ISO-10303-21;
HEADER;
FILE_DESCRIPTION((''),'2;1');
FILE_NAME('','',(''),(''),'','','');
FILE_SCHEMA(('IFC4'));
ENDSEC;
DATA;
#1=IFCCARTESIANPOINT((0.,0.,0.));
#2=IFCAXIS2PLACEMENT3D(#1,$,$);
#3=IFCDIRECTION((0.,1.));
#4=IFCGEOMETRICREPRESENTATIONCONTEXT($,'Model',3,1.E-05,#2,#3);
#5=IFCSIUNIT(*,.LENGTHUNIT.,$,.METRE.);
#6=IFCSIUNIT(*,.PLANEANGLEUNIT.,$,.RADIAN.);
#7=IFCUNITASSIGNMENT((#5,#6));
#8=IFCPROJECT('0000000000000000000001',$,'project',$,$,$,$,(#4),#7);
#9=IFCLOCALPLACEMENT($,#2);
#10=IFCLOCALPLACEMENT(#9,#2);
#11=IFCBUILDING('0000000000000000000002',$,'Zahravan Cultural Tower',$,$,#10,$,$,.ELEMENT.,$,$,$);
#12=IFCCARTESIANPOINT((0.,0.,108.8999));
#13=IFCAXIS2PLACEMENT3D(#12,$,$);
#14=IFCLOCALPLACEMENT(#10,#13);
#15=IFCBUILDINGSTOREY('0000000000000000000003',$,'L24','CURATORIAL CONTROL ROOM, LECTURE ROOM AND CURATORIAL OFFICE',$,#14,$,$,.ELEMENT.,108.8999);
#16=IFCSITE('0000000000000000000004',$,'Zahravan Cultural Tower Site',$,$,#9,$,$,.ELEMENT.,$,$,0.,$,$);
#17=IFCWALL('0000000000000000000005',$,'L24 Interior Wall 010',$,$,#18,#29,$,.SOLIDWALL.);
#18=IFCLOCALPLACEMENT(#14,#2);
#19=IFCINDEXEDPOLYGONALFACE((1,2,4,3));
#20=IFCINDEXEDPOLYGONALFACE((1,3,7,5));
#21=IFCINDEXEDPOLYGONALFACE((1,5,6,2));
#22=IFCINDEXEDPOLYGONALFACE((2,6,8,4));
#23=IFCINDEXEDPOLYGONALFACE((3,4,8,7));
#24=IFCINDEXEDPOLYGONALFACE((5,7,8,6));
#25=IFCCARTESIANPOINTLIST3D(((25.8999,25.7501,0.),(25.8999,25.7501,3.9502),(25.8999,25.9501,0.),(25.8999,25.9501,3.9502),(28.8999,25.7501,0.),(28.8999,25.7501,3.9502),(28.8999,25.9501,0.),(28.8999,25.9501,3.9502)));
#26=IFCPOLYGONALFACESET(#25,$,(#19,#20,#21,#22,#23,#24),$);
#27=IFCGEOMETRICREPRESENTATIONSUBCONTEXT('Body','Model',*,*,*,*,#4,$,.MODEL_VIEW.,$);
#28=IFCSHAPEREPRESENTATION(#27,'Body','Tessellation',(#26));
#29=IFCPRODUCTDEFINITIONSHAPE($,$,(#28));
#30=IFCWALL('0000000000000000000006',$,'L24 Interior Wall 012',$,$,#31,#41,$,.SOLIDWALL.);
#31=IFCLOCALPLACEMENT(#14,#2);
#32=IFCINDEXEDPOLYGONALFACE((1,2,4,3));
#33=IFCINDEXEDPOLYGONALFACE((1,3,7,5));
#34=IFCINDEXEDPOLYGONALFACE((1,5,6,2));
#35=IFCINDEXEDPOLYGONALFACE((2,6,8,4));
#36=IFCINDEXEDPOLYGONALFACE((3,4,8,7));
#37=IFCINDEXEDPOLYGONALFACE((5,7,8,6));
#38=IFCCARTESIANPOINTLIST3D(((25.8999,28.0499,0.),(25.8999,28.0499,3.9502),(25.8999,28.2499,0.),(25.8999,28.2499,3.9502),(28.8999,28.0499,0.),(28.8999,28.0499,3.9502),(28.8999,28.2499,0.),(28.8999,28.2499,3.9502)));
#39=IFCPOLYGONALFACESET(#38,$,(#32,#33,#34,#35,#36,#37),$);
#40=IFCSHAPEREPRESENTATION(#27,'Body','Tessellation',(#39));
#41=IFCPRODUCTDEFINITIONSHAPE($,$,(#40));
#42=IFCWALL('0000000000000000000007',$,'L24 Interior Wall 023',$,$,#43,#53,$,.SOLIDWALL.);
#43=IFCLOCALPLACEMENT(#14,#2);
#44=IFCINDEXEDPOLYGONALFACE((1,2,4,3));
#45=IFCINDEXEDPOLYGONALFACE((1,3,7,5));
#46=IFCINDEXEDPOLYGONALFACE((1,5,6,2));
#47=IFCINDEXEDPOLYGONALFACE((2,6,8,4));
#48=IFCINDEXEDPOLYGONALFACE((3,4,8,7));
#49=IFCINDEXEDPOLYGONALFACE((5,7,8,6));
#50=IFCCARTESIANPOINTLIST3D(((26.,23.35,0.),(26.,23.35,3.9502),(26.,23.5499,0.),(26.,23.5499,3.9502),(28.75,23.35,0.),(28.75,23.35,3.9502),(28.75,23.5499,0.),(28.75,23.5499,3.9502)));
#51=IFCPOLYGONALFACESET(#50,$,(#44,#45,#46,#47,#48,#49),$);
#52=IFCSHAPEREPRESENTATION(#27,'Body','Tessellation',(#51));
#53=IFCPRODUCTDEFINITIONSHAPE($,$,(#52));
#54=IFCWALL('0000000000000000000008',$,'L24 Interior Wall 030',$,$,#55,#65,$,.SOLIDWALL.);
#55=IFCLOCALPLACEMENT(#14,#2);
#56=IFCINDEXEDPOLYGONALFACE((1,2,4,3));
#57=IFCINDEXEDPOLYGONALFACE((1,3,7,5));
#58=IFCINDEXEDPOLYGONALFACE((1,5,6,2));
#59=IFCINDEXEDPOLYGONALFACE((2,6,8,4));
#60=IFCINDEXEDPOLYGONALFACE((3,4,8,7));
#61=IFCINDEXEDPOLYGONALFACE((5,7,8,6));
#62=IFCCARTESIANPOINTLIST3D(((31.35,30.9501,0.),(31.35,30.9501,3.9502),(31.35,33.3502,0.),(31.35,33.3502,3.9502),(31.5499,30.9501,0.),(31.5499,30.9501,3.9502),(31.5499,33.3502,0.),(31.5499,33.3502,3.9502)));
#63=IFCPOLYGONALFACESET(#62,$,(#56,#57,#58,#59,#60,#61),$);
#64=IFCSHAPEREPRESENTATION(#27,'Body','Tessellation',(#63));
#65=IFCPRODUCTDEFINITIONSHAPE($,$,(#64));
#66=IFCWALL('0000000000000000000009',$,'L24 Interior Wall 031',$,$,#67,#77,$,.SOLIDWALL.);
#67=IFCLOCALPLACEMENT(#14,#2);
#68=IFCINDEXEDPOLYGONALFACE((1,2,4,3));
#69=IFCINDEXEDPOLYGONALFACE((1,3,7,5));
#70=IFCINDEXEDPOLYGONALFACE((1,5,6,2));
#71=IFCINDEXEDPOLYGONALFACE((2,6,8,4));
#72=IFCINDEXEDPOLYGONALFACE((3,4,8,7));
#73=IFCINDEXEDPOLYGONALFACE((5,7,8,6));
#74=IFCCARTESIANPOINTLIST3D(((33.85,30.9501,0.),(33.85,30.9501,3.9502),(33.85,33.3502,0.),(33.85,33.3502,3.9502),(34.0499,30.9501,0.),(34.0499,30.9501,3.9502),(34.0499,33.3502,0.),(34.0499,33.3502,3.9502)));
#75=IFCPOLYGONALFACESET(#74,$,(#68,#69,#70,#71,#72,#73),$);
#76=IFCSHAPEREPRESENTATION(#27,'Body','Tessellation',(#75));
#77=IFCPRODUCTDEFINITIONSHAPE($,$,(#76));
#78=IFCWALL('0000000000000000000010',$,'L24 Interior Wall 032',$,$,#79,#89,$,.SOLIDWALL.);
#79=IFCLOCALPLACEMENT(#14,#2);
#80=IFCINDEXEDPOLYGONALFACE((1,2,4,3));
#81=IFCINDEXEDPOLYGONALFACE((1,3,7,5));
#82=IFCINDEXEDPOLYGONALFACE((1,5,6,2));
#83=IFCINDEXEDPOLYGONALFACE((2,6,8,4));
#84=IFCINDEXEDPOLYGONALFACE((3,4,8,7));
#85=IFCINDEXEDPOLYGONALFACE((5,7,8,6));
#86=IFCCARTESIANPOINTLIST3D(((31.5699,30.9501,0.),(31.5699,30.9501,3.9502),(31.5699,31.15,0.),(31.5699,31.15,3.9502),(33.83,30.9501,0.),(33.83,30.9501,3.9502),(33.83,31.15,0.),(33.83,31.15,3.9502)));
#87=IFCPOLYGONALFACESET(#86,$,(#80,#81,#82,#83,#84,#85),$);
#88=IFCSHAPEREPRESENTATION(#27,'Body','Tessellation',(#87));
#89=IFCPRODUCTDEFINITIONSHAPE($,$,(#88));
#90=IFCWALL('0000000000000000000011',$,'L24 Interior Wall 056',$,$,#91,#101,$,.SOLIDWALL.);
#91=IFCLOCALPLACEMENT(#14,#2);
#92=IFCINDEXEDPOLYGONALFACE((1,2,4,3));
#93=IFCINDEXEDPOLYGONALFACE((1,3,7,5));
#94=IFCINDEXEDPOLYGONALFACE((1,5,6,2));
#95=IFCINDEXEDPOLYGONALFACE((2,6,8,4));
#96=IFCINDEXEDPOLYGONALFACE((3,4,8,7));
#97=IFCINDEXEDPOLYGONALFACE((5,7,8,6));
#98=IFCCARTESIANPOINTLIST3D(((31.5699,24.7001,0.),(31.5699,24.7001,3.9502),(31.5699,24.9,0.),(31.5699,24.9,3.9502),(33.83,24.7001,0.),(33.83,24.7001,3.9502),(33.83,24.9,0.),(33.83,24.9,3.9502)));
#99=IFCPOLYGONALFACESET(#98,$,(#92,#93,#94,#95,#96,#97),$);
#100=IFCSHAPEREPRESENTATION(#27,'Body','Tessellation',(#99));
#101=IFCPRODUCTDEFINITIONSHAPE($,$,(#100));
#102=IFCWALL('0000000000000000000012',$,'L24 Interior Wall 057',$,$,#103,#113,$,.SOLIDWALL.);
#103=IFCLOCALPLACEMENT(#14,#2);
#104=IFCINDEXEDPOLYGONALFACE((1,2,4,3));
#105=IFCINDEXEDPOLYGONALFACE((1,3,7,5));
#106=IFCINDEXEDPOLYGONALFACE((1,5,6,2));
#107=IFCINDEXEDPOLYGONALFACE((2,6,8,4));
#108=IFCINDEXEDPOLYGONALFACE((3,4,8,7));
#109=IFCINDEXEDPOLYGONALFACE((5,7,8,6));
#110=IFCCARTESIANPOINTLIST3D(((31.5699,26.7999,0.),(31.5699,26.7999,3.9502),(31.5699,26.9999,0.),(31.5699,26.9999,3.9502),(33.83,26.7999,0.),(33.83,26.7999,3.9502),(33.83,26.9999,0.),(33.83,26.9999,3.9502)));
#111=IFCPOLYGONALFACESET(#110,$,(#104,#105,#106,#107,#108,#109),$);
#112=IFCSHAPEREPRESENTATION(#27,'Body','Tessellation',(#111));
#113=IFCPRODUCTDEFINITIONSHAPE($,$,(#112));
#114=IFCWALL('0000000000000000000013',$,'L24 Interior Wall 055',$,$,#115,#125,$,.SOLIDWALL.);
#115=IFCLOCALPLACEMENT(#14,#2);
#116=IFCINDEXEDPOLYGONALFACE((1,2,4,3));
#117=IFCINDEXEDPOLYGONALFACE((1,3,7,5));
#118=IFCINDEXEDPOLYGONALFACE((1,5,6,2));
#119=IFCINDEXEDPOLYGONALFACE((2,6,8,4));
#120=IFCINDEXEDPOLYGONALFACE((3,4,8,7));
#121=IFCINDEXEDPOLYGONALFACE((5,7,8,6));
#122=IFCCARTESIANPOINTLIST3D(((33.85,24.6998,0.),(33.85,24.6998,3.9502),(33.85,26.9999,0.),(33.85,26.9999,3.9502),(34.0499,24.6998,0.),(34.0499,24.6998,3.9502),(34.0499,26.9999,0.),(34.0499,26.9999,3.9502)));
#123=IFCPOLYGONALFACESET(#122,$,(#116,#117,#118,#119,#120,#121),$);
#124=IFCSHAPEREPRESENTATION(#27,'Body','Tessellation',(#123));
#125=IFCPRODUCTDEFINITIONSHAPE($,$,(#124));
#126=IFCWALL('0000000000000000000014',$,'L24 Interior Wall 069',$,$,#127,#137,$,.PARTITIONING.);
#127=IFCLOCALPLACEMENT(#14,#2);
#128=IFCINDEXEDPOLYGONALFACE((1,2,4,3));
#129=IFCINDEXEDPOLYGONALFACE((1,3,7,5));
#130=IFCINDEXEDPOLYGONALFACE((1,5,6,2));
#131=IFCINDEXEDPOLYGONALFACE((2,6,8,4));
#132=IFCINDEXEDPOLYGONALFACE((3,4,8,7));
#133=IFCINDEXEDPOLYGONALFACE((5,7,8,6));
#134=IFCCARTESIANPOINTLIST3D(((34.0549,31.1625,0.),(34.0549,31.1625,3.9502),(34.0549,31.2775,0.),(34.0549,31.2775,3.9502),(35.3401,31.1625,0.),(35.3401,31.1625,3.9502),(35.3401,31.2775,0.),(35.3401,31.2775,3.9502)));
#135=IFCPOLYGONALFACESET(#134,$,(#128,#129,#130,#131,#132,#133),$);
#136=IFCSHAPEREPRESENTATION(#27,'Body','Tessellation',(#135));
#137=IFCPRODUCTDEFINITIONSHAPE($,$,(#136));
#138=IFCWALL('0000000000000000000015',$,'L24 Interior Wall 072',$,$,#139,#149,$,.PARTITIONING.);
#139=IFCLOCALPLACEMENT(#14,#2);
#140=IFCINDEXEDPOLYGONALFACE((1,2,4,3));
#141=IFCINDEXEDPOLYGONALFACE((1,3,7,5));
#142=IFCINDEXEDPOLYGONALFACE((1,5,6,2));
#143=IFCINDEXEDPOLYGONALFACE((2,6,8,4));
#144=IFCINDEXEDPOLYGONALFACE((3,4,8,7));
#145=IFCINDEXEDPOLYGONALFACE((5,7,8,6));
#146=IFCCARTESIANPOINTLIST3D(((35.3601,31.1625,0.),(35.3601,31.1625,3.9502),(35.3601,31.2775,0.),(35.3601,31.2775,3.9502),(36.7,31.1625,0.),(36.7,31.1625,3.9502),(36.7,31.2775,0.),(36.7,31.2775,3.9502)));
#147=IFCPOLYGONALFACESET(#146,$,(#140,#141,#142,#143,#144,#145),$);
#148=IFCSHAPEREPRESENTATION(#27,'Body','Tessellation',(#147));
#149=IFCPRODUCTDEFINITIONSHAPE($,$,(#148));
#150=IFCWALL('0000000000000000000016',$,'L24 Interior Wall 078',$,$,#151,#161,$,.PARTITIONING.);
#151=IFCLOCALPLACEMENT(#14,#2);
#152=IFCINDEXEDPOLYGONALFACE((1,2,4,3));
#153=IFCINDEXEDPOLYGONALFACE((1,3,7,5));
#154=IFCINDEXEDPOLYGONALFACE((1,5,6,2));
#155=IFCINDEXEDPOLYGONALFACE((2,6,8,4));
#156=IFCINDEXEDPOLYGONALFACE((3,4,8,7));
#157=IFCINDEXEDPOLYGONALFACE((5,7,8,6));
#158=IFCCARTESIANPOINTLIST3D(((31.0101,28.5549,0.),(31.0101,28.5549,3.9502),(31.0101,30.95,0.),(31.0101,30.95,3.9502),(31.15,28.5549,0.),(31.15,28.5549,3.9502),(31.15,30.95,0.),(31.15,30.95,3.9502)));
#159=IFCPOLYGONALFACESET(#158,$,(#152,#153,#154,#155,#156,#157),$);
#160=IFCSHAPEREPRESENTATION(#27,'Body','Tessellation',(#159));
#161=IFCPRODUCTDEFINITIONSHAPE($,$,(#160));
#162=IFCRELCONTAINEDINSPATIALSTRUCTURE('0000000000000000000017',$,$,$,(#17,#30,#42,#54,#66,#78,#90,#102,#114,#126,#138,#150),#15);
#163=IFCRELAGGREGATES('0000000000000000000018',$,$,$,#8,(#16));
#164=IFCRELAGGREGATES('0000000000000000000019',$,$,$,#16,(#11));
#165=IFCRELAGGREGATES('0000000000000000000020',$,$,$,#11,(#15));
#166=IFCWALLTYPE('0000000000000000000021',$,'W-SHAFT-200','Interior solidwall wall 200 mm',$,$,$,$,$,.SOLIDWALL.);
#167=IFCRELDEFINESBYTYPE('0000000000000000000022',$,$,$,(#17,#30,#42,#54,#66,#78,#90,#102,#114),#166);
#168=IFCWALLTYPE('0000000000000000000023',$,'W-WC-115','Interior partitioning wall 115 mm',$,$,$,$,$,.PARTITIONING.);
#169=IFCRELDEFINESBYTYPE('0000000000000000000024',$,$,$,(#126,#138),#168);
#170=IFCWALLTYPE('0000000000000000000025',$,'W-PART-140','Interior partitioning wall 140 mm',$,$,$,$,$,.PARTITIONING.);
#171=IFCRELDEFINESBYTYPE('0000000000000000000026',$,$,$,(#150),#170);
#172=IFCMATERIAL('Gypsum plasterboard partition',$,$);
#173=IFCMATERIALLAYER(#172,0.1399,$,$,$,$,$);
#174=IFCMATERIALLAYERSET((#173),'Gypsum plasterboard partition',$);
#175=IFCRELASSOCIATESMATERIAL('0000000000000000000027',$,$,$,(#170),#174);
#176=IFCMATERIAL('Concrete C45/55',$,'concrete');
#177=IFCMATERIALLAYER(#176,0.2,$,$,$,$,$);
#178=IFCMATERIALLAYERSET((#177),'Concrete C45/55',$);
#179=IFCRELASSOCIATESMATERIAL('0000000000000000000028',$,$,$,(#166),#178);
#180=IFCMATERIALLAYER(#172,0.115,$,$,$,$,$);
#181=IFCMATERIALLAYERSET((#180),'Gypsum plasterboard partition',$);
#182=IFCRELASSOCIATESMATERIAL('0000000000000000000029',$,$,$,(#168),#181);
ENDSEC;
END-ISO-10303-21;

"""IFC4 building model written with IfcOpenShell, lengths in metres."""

from ifc_helpers import new_model, si_unit, direction, frame, frame_2d, origin, place, context, subcontext, project, spatial, rectangle, extrude, source, transform, mapped, material, layer, layer_set, type_object, element, save


model = new_model("IFC4")

# Units and contexts
model_context = context("Model", 3, precision=1e-05, world=origin(), true_north=direction((0.0, 1.0)))
body_context = subcontext(model_context, "Body", "Model", "MODEL_VIEW")
ifc_project = project(units=[si_unit("LENGTHUNIT", "METRE"), si_unit("PLANEANGLEUNIT", "RADIAN")], contexts=[model_context])

# Site, building, storey
site_placement = place(None, origin())
site = spatial("IfcSite", under=ifc_project, at=site_placement, Name="Zahravan Cultural Tower Site", CompositionType="ELEMENT", RefElevation=0.0)
building_placement = place(site_placement, origin())
building = spatial("IfcBuilding", under=site, at=building_placement, Name="Zahravan Cultural Tower", CompositionType="ELEMENT")
storey_placement = place(building_placement, frame((0.0, 0.0, 108.8999)))
storey = spatial("IfcBuildingStorey", under=building, at=storey_placement, Name="L24", Description="CURATORIAL CONTROL ROOM, LECTURE ROOM AND CURATORIAL OFFICE", CompositionType="ELEMENT", Elevation=108.8999)

# Shared definitions
ifc_material_1 = material(Name="Gypsum plasterboard partition")
ifc_layer_1 = layer(ifc_material_1, 0.1399)
ifc_layer_set_1 = layer_set([ifc_layer_1], Name="Gypsum plasterboard partition")
wall_type_1 = type_object("IfcWallType", Name="W-PART-140", Description="Interior partitioning wall 140 mm", PredefinedType="PARTITIONING", material=ifc_layer_set_1)
ifc_material_2 = material(Name="Concrete C45/55", Category="concrete")
ifc_layer_2 = layer(ifc_material_2, 0.2)
ifc_layer_set_2 = layer_set([ifc_layer_2], Name="Concrete C45/55")
wall_type_2 = type_object("IfcWallType", Name="W-SHAFT-200", Description="Interior solidwall wall 200 mm", PredefinedType="SOLIDWALL", material=ifc_layer_set_2)

# Walls
shared_shape_1 = source(origin(), body_context, "Body", "SweptSolid", [
    extrude(rectangle(XDim=3.0, YDim=0.2, at=frame_2d((1.5, 0.0))), origin(), (0.0, 0.0, 1.0), 3.9502),
])
for number, where, z_axis, x_axis, name in (
    (1, (25.8999, 25.8501, 0.0), (0.0, 0.0, 1.0), (1.0, 0.0, 0.0), "L24 Interior Wall 010"),
    (2, (25.8999, 28.1499, 0.0), (0.0, 0.0, 1.0), (1.0, 0.0, 0.0), "L24 Interior Wall 012"),
):
    element("IfcWall", number, at=place(storey_placement, frame(where, z_axis=z_axis, x_axis=x_axis)), inside=storey, type_object=wall_type_2, Name=name, PredefinedType="SOLIDWALL", context=body_context, shape_type="MappedRepresentation", body=[
        mapped(shared_shape_1, transform((0.0, 0.0, 0.0), x_axis=(1.0, 0.0, 0.0), y_axis=(0.0, 1.0, 0.0), z_axis=(0.0, 0.0, 1.0), scale=1.0)),
    ])
shared_shape_2 = source(origin(), body_context, "Body", "SweptSolid", [
    extrude(rectangle(XDim=2.75, YDim=0.2, at=frame_2d((1.375, 0.0))), origin(), (0.0, 0.0, 1.0), 3.9502),
])
wall_1_placement = place(storey_placement, frame((26.0, 23.45, 0.0), z_axis=(0.0, 0.0, 1.0), x_axis=(1.0, 0.0, 0.0)))
element("IfcWall", 3, at=wall_1_placement, inside=storey, type_object=wall_type_2, Name="L24 Interior Wall 023", PredefinedType="SOLIDWALL", context=body_context, shape_type="MappedRepresentation", body=[
    mapped(shared_shape_2, transform((0.0, 0.0, 0.0), x_axis=(1.0, 0.0, 0.0), y_axis=(0.0, 1.0, 0.0), z_axis=(0.0, 0.0, 1.0), scale=1.0)),
])
shared_shape_3 = source(origin(), body_context, "Body", "SweptSolid", [
    extrude(rectangle(XDim=2.4001, YDim=0.2, at=frame_2d((1.2002, 0.0))), origin(), (0.0, 0.0, 1.0), 3.9502),
])
for number, where, z_axis, x_axis, name in (
    (4, (31.45, 30.95, 0.0), (0.0, 0.0, 1.0), (0.0, 1.0, 0.0), "L24 Interior Wall 030"),
    (5, (33.95, 30.95, 0.0), (0.0, 0.0, 1.0), (0.0, 1.0, 0.0), "L24 Interior Wall 031"),
):
    element("IfcWall", number, at=place(storey_placement, frame(where, z_axis=z_axis, x_axis=x_axis)), inside=storey, type_object=wall_type_2, Name=name, PredefinedType="SOLIDWALL", context=body_context, shape_type="MappedRepresentation", body=[
        mapped(shared_shape_3, transform((0.0, 0.0, 0.0), x_axis=(1.0, 0.0, 0.0), y_axis=(0.0, 1.0, 0.0), z_axis=(0.0, 0.0, 1.0), scale=1.0)),
    ])
shared_shape_4 = source(origin(), body_context, "Body", "SweptSolid", [
    extrude(rectangle(XDim=2.26, YDim=0.2, at=frame_2d((1.1299, 0.0))), origin(), (0.0, 0.0, 1.0), 3.9502),
])
for number, where, z_axis, x_axis, name in (
    (6, (31.5701, 31.05, 0.0), (0.0, 0.0, 1.0), (1.0, 0.0, 0.0), "L24 Interior Wall 032"),
    (7, (31.5701, 24.8, 0.0), (0.0, 0.0, 1.0), (1.0, 0.0, 0.0), "L24 Interior Wall 056"),
    (8, (31.5701, 26.8999, 0.0), (0.0, 0.0, 1.0), (1.0, 0.0, 0.0), "L24 Interior Wall 057"),
):
    element("IfcWall", number, at=place(storey_placement, frame(where, z_axis=z_axis, x_axis=x_axis)), inside=storey, type_object=wall_type_2, Name=name, PredefinedType="SOLIDWALL", context=body_context, shape_type="MappedRepresentation", body=[
        mapped(shared_shape_4, transform((0.0, 0.0, 0.0), x_axis=(1.0, 0.0, 0.0), y_axis=(0.0, 1.0, 0.0), z_axis=(0.0, 0.0, 1.0), scale=1.0)),
    ])
shared_shape_5 = source(origin(), body_context, "Body", "SweptSolid", [
    extrude(rectangle(XDim=2.3, YDim=0.2, at=frame_2d((1.1499, 0.0))), origin(), (0.0, 0.0, 1.0), 3.9502),
])
wall_2_placement = place(storey_placement, frame((33.95, 24.7, 0.0), z_axis=(0.0, 0.0, 1.0), x_axis=(0.0, 1.0, 0.0)))
element("IfcWall", 9, at=wall_2_placement, inside=storey, type_object=wall_type_2, Name="L24 Interior Wall 055", PredefinedType="SOLIDWALL", context=body_context, shape_type="MappedRepresentation", body=[
    mapped(shared_shape_5, transform((0.0, 0.0, 0.0), x_axis=(1.0, 0.0, 0.0), y_axis=(0.0, 1.0, 0.0), z_axis=(0.0, 0.0, 1.0), scale=1.0)),
])
ifc_layer_3 = layer(ifc_material_1, 0.115)
ifc_layer_set_3 = layer_set([ifc_layer_3], Name="Gypsum plasterboard partition")
wall_type_3 = type_object("IfcWallType", Name="W-WC-115", Description="Interior partitioning wall 115 mm", PredefinedType="PARTITIONING", material=ifc_layer_set_3)
shared_shape_6 = source(origin(), body_context, "Body", "SweptSolid", [
    extrude(rectangle(XDim=1.2852, YDim=0.115, at=frame_2d((0.6426, 0.0))), origin(), (0.0, 0.0, 1.0), 3.9502),
])
wall_3_placement = place(storey_placement, frame((35.3401, 31.22, 0.0), z_axis=(0.0, 0.0, 1.0), x_axis=(-1.0, 0.0, 0.0)))
element("IfcWall", 10, at=wall_3_placement, inside=storey, type_object=wall_type_3, Name="L24 Interior Wall 069", PredefinedType="PARTITIONING", context=body_context, shape_type="MappedRepresentation", body=[
    mapped(shared_shape_6, transform((0.0, 0.0, 0.0), x_axis=(1.0, 0.0, 0.0), y_axis=(0.0, 1.0, 0.0), z_axis=(0.0, 0.0, 1.0), scale=1.0)),
])
shared_shape_7 = source(origin(), body_context, "Body", "SweptSolid", [
    extrude(rectangle(XDim=1.3398, YDim=0.115, at=frame_2d((0.6699, 0.0))), origin(), (0.0, 0.0, 1.0), 3.9502),
])
wall_4_placement = place(storey_placement, frame((36.7, 31.22, 0.0), z_axis=(0.0, 0.0, 1.0), x_axis=(-1.0, 0.0, 0.0)))
element("IfcWall", 11, at=wall_4_placement, inside=storey, type_object=wall_type_3, Name="L24 Interior Wall 072", PredefinedType="PARTITIONING", context=body_context, shape_type="MappedRepresentation", body=[
    mapped(shared_shape_7, transform((0.0, 0.0, 0.0), x_axis=(1.0, 0.0, 0.0), y_axis=(0.0, 1.0, 0.0), z_axis=(0.0, 0.0, 1.0), scale=1.0)),
])
shared_shape_8 = source(origin(), body_context, "Body", "SweptSolid", [
    extrude(rectangle(XDim=2.395, YDim=0.1399, at=frame_2d((1.1975, 0.0))), origin(), (0.0, 0.0, 1.0), 3.9502),
])
wall_5_placement = place(storey_placement, frame((31.0801, 28.5549, 0.0), z_axis=(0.0, 0.0, 1.0), x_axis=(0.0, 1.0, 0.0)))
element("IfcWall", 12, at=wall_5_placement, inside=storey, type_object=wall_type_1, Name="L24 Interior Wall 078", PredefinedType="PARTITIONING", context=body_context, shape_type="MappedRepresentation", body=[
    mapped(shared_shape_8, transform((0.0, 0.0, 0.0), x_axis=(1.0, 0.0, 0.0), y_axis=(0.0, 1.0, 0.0), z_axis=(0.0, 0.0, 1.0), scale=1.0)),
])

save(model, "model.ifc")
